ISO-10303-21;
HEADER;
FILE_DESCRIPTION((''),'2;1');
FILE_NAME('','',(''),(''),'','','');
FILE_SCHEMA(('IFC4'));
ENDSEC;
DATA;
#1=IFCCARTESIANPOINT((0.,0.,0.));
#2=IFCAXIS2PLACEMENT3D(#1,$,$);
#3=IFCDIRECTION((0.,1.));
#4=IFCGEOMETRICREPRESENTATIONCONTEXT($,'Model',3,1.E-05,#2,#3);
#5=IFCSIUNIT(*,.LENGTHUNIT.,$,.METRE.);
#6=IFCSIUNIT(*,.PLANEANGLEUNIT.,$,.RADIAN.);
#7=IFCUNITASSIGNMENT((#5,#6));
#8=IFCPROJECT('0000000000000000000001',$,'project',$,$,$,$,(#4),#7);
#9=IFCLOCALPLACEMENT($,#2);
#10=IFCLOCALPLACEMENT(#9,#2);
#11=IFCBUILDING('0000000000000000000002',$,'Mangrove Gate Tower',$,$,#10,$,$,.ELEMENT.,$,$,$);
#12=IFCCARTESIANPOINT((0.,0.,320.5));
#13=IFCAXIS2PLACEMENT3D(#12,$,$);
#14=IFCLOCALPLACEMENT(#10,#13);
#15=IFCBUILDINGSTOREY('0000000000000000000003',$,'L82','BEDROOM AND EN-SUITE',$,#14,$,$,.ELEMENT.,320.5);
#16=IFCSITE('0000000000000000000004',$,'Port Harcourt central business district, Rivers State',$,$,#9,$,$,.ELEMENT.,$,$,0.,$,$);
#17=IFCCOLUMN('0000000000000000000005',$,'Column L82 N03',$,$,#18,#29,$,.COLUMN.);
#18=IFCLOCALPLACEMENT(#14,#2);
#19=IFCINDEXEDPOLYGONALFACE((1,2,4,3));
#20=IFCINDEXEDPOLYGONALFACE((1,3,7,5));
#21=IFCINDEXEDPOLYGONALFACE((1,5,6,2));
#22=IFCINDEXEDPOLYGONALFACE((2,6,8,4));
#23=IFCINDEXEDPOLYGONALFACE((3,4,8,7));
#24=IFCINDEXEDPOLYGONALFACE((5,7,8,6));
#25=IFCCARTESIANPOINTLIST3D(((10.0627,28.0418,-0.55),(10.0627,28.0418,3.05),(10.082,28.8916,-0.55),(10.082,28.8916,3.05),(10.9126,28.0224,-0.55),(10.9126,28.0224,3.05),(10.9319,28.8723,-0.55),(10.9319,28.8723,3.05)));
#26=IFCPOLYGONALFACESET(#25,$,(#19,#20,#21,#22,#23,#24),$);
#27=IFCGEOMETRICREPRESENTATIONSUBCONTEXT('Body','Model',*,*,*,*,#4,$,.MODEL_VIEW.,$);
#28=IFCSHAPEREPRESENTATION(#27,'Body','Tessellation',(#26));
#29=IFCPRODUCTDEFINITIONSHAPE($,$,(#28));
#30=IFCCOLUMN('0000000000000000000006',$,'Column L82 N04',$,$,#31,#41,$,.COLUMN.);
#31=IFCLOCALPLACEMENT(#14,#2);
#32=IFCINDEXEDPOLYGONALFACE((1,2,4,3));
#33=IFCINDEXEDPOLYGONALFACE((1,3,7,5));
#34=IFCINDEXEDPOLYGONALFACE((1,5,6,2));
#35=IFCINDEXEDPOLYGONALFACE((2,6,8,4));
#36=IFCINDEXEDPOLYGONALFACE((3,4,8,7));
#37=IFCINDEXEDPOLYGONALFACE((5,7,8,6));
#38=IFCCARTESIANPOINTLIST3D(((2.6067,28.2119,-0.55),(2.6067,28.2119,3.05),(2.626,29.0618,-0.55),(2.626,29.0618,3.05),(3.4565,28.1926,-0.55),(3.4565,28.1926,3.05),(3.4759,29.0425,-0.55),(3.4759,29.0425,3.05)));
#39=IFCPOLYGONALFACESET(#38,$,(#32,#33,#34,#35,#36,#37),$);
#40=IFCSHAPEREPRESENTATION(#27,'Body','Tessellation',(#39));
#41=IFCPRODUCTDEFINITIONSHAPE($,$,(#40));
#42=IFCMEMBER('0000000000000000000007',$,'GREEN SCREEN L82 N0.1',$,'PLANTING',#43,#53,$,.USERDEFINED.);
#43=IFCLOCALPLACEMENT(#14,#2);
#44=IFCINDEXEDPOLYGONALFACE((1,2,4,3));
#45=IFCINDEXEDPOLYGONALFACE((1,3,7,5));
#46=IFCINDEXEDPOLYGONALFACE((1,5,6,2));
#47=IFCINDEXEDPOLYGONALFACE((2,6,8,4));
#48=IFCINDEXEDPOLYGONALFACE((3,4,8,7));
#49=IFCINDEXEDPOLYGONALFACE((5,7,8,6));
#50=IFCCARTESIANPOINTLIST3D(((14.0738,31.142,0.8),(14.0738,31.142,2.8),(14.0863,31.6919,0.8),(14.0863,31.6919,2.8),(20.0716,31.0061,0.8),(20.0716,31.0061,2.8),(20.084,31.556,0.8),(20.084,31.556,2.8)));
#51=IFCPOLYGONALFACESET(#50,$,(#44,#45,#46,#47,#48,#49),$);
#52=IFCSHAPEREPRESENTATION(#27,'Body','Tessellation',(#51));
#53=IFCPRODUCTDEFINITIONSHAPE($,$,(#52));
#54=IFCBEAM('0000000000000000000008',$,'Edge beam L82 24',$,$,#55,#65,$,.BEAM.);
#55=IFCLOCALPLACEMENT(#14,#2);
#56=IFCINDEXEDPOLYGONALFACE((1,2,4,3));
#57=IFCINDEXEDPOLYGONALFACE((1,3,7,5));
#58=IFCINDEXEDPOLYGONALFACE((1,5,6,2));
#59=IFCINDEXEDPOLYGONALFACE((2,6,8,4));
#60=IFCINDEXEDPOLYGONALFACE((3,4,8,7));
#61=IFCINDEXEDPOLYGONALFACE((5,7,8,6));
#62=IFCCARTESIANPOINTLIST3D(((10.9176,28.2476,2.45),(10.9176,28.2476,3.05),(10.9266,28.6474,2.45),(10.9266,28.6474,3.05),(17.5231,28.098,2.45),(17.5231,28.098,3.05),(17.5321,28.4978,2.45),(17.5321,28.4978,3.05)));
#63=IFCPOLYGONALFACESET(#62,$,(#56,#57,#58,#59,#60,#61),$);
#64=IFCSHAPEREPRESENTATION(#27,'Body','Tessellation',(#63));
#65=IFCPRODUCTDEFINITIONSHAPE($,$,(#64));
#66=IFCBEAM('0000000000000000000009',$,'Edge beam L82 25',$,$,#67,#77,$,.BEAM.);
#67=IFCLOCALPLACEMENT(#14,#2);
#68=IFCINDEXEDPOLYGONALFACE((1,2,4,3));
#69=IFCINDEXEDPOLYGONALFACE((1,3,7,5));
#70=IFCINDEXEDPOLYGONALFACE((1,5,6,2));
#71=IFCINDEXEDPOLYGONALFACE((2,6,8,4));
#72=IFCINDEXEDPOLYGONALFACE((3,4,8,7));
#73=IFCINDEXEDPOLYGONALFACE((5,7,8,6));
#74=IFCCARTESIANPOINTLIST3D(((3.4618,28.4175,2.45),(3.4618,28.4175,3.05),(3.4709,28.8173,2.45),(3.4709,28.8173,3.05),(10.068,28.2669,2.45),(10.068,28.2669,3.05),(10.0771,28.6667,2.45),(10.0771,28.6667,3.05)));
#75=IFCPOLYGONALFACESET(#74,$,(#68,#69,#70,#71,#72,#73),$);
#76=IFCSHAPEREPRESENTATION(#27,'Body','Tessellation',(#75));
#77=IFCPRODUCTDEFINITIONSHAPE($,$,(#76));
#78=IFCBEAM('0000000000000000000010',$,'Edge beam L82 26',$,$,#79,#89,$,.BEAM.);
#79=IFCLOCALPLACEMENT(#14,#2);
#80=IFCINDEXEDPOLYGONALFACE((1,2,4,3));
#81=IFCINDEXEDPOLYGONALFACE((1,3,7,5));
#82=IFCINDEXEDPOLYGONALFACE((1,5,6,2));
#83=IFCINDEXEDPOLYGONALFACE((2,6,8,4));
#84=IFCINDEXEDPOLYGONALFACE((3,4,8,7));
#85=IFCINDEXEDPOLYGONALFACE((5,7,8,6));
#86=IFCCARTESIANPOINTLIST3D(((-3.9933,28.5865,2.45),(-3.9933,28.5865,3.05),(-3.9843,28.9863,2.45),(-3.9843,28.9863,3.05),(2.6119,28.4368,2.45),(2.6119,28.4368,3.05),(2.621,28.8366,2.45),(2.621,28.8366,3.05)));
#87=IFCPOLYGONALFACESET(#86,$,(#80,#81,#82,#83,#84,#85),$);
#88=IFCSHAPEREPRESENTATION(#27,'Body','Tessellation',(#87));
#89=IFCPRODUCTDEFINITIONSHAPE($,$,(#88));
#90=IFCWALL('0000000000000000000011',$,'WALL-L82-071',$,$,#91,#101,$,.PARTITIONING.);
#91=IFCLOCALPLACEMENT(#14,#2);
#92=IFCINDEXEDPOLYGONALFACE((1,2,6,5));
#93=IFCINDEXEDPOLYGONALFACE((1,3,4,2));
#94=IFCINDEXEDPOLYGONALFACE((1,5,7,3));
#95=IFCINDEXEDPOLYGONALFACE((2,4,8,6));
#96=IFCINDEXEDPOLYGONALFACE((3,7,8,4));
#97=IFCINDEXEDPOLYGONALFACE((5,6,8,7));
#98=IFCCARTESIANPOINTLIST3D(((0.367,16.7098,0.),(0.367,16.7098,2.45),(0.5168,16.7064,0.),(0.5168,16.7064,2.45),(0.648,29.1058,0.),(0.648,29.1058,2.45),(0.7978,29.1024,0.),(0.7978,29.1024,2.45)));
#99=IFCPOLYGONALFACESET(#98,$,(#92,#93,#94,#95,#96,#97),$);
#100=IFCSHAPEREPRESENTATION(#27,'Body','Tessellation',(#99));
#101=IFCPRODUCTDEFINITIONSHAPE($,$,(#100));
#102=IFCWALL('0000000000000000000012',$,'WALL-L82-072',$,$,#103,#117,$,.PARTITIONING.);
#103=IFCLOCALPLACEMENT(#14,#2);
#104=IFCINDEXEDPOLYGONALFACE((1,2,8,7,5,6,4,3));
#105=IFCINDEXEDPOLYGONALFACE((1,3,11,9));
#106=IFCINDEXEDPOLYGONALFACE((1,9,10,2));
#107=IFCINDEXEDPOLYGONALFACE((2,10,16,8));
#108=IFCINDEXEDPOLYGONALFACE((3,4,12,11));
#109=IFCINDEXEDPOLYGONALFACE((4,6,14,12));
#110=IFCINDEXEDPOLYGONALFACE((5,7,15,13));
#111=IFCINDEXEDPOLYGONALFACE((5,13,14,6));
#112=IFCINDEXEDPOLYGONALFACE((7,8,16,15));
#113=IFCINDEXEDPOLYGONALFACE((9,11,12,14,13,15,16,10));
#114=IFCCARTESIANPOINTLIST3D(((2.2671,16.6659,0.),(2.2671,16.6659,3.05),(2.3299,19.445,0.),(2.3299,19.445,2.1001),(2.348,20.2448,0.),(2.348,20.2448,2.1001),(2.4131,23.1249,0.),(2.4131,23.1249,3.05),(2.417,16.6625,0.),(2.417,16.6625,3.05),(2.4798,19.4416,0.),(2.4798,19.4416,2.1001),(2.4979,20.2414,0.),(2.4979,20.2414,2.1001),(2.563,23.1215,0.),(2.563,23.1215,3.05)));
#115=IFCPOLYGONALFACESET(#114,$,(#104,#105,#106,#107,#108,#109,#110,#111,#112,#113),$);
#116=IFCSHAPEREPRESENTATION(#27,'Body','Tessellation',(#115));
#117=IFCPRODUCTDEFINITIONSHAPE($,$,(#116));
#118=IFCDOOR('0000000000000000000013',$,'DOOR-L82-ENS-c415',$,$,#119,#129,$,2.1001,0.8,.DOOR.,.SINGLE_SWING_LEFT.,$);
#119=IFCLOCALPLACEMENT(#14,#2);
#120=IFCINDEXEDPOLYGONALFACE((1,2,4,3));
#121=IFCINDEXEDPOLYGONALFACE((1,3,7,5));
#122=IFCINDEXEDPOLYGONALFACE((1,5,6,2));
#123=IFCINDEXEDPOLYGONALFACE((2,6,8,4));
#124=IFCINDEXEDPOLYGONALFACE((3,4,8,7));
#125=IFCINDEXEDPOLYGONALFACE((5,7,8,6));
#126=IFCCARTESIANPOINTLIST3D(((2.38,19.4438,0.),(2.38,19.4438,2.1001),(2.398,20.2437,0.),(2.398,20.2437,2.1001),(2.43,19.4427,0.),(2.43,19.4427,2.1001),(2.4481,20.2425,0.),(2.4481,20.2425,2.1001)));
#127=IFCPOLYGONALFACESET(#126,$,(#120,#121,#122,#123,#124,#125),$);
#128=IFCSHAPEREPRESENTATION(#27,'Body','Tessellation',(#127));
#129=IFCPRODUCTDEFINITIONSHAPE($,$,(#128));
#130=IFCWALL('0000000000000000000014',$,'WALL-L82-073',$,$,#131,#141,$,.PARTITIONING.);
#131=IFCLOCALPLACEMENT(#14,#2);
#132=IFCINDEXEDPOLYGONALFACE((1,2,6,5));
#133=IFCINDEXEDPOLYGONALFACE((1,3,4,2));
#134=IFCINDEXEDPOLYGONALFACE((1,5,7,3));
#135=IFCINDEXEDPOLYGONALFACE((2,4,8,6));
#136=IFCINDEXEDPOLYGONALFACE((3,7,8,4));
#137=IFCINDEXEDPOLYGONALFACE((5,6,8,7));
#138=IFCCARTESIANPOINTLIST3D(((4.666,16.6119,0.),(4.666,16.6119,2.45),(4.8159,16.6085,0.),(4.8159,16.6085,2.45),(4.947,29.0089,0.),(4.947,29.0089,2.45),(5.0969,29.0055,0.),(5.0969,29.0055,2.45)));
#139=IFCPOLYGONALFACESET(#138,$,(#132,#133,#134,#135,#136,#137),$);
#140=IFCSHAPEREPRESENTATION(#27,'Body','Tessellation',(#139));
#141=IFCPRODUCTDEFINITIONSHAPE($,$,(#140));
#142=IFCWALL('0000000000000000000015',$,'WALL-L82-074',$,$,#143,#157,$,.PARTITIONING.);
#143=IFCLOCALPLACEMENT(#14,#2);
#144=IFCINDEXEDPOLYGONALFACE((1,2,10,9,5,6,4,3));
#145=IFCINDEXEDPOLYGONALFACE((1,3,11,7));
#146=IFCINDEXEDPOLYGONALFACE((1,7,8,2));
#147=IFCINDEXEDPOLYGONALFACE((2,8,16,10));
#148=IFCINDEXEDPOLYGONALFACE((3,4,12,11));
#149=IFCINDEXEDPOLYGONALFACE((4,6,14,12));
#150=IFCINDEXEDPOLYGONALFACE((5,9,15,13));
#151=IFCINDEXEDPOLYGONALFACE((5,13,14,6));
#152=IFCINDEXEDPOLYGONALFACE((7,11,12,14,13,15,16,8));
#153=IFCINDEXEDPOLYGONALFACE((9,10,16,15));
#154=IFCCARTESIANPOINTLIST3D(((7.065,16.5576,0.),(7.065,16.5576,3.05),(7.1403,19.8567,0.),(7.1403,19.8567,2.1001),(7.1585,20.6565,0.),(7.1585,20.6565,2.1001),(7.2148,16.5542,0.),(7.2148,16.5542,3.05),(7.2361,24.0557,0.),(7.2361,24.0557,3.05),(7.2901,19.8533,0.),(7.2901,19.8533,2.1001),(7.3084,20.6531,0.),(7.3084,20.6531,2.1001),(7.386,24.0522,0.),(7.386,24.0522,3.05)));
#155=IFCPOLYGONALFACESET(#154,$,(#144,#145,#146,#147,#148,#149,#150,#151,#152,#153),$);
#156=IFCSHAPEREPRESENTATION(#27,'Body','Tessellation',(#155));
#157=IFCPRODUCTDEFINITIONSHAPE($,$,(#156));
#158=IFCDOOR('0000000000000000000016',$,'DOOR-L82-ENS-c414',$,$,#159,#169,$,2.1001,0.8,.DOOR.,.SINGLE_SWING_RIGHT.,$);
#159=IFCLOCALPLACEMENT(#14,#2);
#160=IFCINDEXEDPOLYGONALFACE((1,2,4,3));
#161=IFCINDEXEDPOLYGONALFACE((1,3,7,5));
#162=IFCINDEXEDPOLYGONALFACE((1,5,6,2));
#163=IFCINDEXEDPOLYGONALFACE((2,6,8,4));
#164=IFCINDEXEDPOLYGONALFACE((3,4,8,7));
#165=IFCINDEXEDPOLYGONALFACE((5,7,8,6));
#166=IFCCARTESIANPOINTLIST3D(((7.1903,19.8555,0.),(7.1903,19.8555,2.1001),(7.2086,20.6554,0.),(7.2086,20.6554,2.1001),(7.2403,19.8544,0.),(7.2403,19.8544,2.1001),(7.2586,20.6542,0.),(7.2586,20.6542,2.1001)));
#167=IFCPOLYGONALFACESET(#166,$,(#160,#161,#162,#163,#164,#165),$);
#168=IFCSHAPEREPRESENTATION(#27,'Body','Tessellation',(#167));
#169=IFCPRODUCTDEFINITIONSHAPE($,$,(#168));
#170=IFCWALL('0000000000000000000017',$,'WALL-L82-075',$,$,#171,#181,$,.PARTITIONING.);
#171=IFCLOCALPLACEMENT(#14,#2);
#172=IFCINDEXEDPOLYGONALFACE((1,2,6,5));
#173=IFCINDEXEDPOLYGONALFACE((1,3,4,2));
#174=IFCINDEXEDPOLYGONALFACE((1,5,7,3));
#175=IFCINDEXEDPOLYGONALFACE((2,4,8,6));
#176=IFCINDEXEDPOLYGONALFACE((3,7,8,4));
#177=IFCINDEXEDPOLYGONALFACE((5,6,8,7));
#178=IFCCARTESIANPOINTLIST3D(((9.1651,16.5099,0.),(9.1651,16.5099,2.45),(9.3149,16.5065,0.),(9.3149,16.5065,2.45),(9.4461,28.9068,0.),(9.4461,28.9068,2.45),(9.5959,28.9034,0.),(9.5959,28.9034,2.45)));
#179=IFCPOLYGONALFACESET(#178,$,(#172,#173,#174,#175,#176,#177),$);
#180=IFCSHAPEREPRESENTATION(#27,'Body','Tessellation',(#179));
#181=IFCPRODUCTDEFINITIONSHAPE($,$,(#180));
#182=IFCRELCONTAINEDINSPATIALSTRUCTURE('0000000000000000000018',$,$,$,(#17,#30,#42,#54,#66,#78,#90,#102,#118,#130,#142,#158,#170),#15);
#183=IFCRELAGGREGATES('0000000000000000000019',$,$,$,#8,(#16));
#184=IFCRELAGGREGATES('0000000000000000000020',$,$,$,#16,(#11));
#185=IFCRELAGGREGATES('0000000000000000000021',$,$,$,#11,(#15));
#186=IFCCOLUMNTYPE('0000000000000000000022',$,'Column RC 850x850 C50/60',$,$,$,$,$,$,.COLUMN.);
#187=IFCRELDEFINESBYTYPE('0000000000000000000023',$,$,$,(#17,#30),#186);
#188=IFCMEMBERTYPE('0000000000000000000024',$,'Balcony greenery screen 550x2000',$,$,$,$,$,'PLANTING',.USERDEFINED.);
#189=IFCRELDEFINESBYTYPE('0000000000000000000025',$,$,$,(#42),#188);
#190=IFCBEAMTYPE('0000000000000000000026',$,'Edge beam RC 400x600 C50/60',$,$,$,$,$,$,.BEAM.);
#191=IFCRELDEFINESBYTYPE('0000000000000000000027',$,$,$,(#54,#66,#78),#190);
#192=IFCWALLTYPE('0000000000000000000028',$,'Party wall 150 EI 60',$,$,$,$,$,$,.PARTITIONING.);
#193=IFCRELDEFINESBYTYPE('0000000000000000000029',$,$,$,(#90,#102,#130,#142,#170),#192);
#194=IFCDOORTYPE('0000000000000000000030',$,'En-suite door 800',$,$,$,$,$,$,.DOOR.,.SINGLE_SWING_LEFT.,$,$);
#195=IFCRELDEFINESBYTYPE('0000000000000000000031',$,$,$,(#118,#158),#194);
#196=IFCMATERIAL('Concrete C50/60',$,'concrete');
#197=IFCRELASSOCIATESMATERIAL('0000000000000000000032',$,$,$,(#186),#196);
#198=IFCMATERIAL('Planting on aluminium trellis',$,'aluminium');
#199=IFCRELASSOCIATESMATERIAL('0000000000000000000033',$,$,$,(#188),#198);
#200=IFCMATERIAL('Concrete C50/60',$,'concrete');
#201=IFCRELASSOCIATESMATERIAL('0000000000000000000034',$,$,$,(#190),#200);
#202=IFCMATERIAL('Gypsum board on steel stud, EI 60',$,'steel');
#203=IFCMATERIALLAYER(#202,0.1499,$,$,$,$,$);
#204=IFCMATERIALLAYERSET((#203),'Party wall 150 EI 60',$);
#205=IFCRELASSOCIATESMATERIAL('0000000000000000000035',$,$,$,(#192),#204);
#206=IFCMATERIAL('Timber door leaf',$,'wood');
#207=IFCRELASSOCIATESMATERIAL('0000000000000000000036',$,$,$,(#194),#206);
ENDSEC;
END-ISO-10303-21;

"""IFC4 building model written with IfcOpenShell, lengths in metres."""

from ifc_helpers import new_model, si_unit, direction, frame, frame_2d, origin, origin_2d, place, context, subcontext, project, spatial, rectangle, extrude, material, layer, layer_set, material_profile, profile_set, type_object, element, fill, save


model = new_model("IFC4")

# Units and contexts
model_context = context("Model", 3, precision=1e-05, world=origin(), true_north=direction((0.0, 1.0)))
body_context = subcontext(model_context, "Body", "Model", "MODEL_VIEW")
ifc_project = project(units=[si_unit("LENGTHUNIT", "METRE"), si_unit("PLANEANGLEUNIT", "RADIAN")], contexts=[model_context])

# Site, building, storey
site_placement = place(None, origin())
site = spatial("IfcSite", under=ifc_project, at=site_placement, Name="Port Harcourt central business district, Rivers State", CompositionType="ELEMENT", RefElevation=0.0)
building_placement = place(site_placement, origin())
building = spatial("IfcBuilding", under=site, at=building_placement, Name="Mangrove Gate Tower", CompositionType="ELEMENT")
storey_placement = place(building_placement, frame((0.0, 0.0, 320.5)))
storey = spatial("IfcBuildingStorey", under=building, at=storey_placement, Name="L82", Description="BEDROOM AND EN-SUITE", CompositionType="ELEMENT", Elevation=320.5)

# Columns
ifc_material_1 = material(Name="Concrete C50/60", Category="concrete")
ifc_material_profile_1 = material_profile(ifc_material_1, rectangle(XDim=0.8501, YDim=0.8501, at=origin_2d()))
ifc_profile_set_1 = profile_set([ifc_material_profile_1], Name="Concrete C50/60")
column_type = type_object("IfcColumnType", Name="Column RC 850x850 C50/60", PredefinedType="COLUMN", material=ifc_profile_set_1)
for number, where, z_axis, x_axis, name in (
    (1, (10.4973, 28.457, -0.55), (0.0, 0.0, 1.0), (-0.999742, 0.022729, 0.0), "Column L82 N03"),
    (2, (3.0413, 28.6272, -0.55), (0.0, 0.0, 1.0), (-0.999742, 0.022729, 0.0), "Column L82 N04"),
):
    element("IfcColumn", number, at=place(storey_placement, frame(where, z_axis=z_axis, x_axis=x_axis)), inside=storey, type_object=column_type, Name=name, PredefinedType="COLUMN", context=body_context, shape_type="SweptSolid", body=[
        extrude(rectangle(XDim=0.8501, YDim=0.8501, at=origin_2d()), origin(), (0.0, 0.0, 1.0), 3.6001),
    ])

# Member
ifc_material_2 = material(Name="Planting on aluminium trellis", Category="aluminium")
ifc_material_profile_2 = material_profile(ifc_material_2, rectangle(XDim=0.55, YDim=2.0, at=origin_2d()))
ifc_profile_set_2 = profile_set([ifc_material_profile_2], Name="Planting on aluminium trellis")
member_type = type_object("IfcMemberType", Name="Balcony greenery screen 550x2000", ElementType="PLANTING", PredefinedType="USERDEFINED", material=ifc_profile_set_2)
member_placement = place(storey_placement, frame((14.0801, 31.417, 1.8), z_axis=(0.999743, -0.022667, 0.0), x_axis=(0.022667, 0.999743, 0.0)))
element("IfcMember", 3, at=member_placement, inside=storey, type_object=member_type, Name="GREEN SCREEN L82 N0.1", ObjectType="PLANTING", PredefinedType="USERDEFINED", context=body_context, shape_type="SweptSolid", body=[
    extrude(rectangle(XDim=0.55, YDim=2.0, at=origin_2d()), origin(), (0.0, 0.0, 1.0), 5.9993),
])

# Beams
ifc_material_3 = material(Name="Concrete C50/60", Category="concrete")
ifc_material_profile_3 = material_profile(ifc_material_3, rectangle(XDim=0.3999, YDim=0.6001, at=origin_2d()))
ifc_profile_set_3 = profile_set([ifc_material_profile_3], Name="Concrete C50/60")
beam_type = type_object("IfcBeamType", Name="Edge beam RC 400x600 C50/60", PredefinedType="BEAM", material=ifc_profile_set_3)
beam_1_placement = place(storey_placement, frame((17.5276, 28.2979, 2.75), z_axis=(-0.999743, 0.022651, 0.0), x_axis=(-0.022651, -0.999743, 0.0)))
element("IfcBeam", 4, at=beam_1_placement, inside=storey, type_object=beam_type, Name="Edge beam L82 24", PredefinedType="BEAM", context=body_context, shape_type="SweptSolid", body=[
    extrude(rectangle(XDim=0.3999, YDim=0.6001, at=origin_2d()), origin(), (0.0, 0.0, 1.0), 6.6072),
])
beam_2_placement = place(storey_placement, frame((10.0725, 28.4668, 2.75), z_axis=(-0.99974, 0.022796, 0.0), x_axis=(-0.022796, -0.99974, 0.0)))
element("IfcBeam", 5, at=beam_2_placement, inside=storey, type_object=beam_type, Name="Edge beam L82 25", PredefinedType="BEAM", context=body_context, shape_type="SweptSolid", body=[
    extrude(rectangle(XDim=0.3999, YDim=0.6001, at=origin_2d()), origin(), (0.0, 0.0, 1.0), 6.6079),
])
beam_3_placement = place(storey_placement, frame((2.6165, 28.6367, 2.75), z_axis=(-0.999743, 0.022652, 0.0), x_axis=(-0.022652, -0.999743, 0.0)))
element("IfcBeam", 6, at=beam_3_placement, inside=storey, type_object=beam_type, Name="Edge beam L82 26", PredefinedType="BEAM", context=body_context, shape_type="SweptSolid", body=[
    extrude(rectangle(XDim=0.3999, YDim=0.6001, at=origin_2d()), origin(), (0.0, 0.0, 1.0), 6.6069),
])

# Wall
ifc_material_4 = material(Name="Gypsum board on steel stud, EI 60", Category="steel")
ifc_layer_1 = layer(ifc_material_4, 0.1499)
ifc_layer_set_1 = layer_set([ifc_layer_1], Name="Party wall 150 EI 60")
wall_type_1 = type_object("IfcWallType", Name="Party wall 150 EI 60", PredefinedType="PARTITIONING", material=ifc_layer_set_1)
wall_1_placement = place(storey_placement, frame((0.4419, 16.708, 0.0), z_axis=(0.0, 0.0, 1.0), x_axis=(0.022663, 0.999743, 0.0)))
element("IfcWall", 7, at=wall_1_placement, inside=storey, type_object=wall_type_1, Name="WALL-L82-071", PredefinedType="PARTITIONING", context=body_context, shape_type="SweptSolid", body=[
    extrude(rectangle(XDim=12.3992, YDim=0.1499, at=frame_2d((6.1997, 0.0))), origin(), (0.0, 0.0, 1.0), 2.45),
])

# Wall, opening, door
wall_2_placement = place(storey_placement, frame((2.342, 16.6641, 0.0), z_axis=(0.0, 0.0, 1.0), x_axis=(0.022598, 0.999745, 0.0)))
wall_2 = element("IfcWall", 8, at=wall_2_placement, inside=storey, type_object=wall_type_1, Name="WALL-L82-072", PredefinedType="PARTITIONING", context=body_context, shape_type="SweptSolid", body=[
    extrude(rectangle(XDim=6.4607, YDim=0.1499, at=frame_2d((3.2305, 0.0))), origin(), (0.0, 0.0, 1.0), 3.05),
])
opening_1_placement = place(wall_2_placement, frame((2.78, 0.0, 0.0)))
opening_1 = element("IfcOpeningElement", 9, at=opening_1_placement, cuts=wall_2, PredefinedType="OPENING", context=body_context, shape_type="SweptSolid", body=[
    extrude(rectangle(XDim=0.8, YDim=2.1001, at=frame_2d((0.3999, 1.05))), frame((0.0, 0.085, 0.0), z_axis=(0.0, -1.0, 0.0), x_axis=(1.0, 0.0, 0.0)), (0.0, 0.0, 1.0), 0.1699),
])
ifc_material_5 = material(Name="Timber door leaf", Category="wood")
door_type = type_object("IfcDoorType", Name="En-suite door 800", OperationType="SINGLE_SWING_LEFT", PredefinedType="DOOR", material=ifc_material_5)
door_1_placement = place(opening_1_placement, origin())
door_1 = element("IfcDoor", 10, at=door_1_placement, inside=storey, type_object=door_type, Name="DOOR-L82-ENS-c415", OperationType="SINGLE_SWING_LEFT", OverallHeight=2.1001, OverallWidth=0.8, PredefinedType="DOOR", context=body_context, shape_type="SweptSolid", body=[
    extrude(rectangle(XDim=0.8, YDim=2.1001, at=frame_2d((0.3999, 1.05))), frame((0.0, 0.0249, 0.0), z_axis=(0.0, -1.0, 0.0), x_axis=(1.0, 0.0, 0.0)), (0.0, 0.0, 1.0), 0.05),
])
fill(opening_1, door_1)

# Wall
wall_3_placement = place(storey_placement, frame((4.741, 16.6101, 0.0), z_axis=(0.0, 0.0, 1.0), x_axis=(0.022661, 0.999743, 0.0)))
element("IfcWall", 11, at=wall_3_placement, inside=storey, type_object=wall_type_1, Name="WALL-L82-073", PredefinedType="PARTITIONING", context=body_context, shape_type="SweptSolid", body=[
    extrude(rectangle(XDim=12.4001, YDim=0.1499, at=frame_2d((6.2002, 0.0))), origin(), (0.0, 0.0, 1.0), 2.45),
])

# Wall, opening, door
wall_4_placement = place(storey_placement, frame((7.1399, 16.5559, 0.0), z_axis=(0.0, 0.0, 1.0), x_axis=(0.022819, 0.99974, 0.0)))
wall_4 = element("IfcWall", 12, at=wall_4_placement, inside=storey, type_object=wall_type_1, Name="WALL-L82-074", PredefinedType="PARTITIONING", context=body_context, shape_type="SweptSolid", body=[
    extrude(rectangle(XDim=7.5, YDim=0.1499, at=frame_2d((3.75, 0.0))), origin(), (0.0, 0.0, 1.0), 3.05),
])
opening_2_placement = place(wall_4_placement, frame((3.3, 0.0, 0.0)))
opening_2 = element("IfcOpeningElement", 13, at=opening_2_placement, cuts=wall_4, PredefinedType="OPENING", context=body_context, shape_type="SweptSolid", body=[
    extrude(rectangle(XDim=0.8, YDim=2.1001, at=frame_2d((0.3999, 1.05))), frame((0.0, 0.085, 0.0), z_axis=(0.0, -1.0, 0.0), x_axis=(1.0, 0.0, 0.0)), (0.0, 0.0, 1.0), 0.1699),
])
door_2_placement = place(opening_2_placement, origin())
door_2 = element("IfcDoor", 14, at=door_2_placement, inside=storey, type_object=door_type, Name="DOOR-L82-ENS-c414", OperationType="SINGLE_SWING_RIGHT", OverallHeight=2.1001, OverallWidth=0.8, PredefinedType="DOOR", context=body_context, shape_type="SweptSolid", body=[
    extrude(rectangle(XDim=0.8, YDim=2.1001, at=frame_2d((0.3999, 1.05))), frame((0.0, 0.0249, 0.0), z_axis=(0.0, -1.0, 0.0), x_axis=(1.0, 0.0, 0.0)), (0.0, 0.0, 1.0), 0.05),
])
fill(opening_2, door_2)

# Wall
wall_5_placement = place(storey_placement, frame((9.24, 16.5081, 0.0), z_axis=(0.0, 0.0, 1.0), x_axis=(0.022661, 0.999743, 0.0)))
element("IfcWall", 15, at=wall_5_placement, inside=storey, type_object=wall_type_1, Name="WALL-L82-075", PredefinedType="PARTITIONING", context=body_context, shape_type="SweptSolid", body=[
    extrude(rectangle(XDim=12.4001, YDim=0.1499, at=frame_2d((6.2002, 0.0))), origin(), (0.0, 0.0, 1.0), 2.45),
])

save(model, "model.ifc")
